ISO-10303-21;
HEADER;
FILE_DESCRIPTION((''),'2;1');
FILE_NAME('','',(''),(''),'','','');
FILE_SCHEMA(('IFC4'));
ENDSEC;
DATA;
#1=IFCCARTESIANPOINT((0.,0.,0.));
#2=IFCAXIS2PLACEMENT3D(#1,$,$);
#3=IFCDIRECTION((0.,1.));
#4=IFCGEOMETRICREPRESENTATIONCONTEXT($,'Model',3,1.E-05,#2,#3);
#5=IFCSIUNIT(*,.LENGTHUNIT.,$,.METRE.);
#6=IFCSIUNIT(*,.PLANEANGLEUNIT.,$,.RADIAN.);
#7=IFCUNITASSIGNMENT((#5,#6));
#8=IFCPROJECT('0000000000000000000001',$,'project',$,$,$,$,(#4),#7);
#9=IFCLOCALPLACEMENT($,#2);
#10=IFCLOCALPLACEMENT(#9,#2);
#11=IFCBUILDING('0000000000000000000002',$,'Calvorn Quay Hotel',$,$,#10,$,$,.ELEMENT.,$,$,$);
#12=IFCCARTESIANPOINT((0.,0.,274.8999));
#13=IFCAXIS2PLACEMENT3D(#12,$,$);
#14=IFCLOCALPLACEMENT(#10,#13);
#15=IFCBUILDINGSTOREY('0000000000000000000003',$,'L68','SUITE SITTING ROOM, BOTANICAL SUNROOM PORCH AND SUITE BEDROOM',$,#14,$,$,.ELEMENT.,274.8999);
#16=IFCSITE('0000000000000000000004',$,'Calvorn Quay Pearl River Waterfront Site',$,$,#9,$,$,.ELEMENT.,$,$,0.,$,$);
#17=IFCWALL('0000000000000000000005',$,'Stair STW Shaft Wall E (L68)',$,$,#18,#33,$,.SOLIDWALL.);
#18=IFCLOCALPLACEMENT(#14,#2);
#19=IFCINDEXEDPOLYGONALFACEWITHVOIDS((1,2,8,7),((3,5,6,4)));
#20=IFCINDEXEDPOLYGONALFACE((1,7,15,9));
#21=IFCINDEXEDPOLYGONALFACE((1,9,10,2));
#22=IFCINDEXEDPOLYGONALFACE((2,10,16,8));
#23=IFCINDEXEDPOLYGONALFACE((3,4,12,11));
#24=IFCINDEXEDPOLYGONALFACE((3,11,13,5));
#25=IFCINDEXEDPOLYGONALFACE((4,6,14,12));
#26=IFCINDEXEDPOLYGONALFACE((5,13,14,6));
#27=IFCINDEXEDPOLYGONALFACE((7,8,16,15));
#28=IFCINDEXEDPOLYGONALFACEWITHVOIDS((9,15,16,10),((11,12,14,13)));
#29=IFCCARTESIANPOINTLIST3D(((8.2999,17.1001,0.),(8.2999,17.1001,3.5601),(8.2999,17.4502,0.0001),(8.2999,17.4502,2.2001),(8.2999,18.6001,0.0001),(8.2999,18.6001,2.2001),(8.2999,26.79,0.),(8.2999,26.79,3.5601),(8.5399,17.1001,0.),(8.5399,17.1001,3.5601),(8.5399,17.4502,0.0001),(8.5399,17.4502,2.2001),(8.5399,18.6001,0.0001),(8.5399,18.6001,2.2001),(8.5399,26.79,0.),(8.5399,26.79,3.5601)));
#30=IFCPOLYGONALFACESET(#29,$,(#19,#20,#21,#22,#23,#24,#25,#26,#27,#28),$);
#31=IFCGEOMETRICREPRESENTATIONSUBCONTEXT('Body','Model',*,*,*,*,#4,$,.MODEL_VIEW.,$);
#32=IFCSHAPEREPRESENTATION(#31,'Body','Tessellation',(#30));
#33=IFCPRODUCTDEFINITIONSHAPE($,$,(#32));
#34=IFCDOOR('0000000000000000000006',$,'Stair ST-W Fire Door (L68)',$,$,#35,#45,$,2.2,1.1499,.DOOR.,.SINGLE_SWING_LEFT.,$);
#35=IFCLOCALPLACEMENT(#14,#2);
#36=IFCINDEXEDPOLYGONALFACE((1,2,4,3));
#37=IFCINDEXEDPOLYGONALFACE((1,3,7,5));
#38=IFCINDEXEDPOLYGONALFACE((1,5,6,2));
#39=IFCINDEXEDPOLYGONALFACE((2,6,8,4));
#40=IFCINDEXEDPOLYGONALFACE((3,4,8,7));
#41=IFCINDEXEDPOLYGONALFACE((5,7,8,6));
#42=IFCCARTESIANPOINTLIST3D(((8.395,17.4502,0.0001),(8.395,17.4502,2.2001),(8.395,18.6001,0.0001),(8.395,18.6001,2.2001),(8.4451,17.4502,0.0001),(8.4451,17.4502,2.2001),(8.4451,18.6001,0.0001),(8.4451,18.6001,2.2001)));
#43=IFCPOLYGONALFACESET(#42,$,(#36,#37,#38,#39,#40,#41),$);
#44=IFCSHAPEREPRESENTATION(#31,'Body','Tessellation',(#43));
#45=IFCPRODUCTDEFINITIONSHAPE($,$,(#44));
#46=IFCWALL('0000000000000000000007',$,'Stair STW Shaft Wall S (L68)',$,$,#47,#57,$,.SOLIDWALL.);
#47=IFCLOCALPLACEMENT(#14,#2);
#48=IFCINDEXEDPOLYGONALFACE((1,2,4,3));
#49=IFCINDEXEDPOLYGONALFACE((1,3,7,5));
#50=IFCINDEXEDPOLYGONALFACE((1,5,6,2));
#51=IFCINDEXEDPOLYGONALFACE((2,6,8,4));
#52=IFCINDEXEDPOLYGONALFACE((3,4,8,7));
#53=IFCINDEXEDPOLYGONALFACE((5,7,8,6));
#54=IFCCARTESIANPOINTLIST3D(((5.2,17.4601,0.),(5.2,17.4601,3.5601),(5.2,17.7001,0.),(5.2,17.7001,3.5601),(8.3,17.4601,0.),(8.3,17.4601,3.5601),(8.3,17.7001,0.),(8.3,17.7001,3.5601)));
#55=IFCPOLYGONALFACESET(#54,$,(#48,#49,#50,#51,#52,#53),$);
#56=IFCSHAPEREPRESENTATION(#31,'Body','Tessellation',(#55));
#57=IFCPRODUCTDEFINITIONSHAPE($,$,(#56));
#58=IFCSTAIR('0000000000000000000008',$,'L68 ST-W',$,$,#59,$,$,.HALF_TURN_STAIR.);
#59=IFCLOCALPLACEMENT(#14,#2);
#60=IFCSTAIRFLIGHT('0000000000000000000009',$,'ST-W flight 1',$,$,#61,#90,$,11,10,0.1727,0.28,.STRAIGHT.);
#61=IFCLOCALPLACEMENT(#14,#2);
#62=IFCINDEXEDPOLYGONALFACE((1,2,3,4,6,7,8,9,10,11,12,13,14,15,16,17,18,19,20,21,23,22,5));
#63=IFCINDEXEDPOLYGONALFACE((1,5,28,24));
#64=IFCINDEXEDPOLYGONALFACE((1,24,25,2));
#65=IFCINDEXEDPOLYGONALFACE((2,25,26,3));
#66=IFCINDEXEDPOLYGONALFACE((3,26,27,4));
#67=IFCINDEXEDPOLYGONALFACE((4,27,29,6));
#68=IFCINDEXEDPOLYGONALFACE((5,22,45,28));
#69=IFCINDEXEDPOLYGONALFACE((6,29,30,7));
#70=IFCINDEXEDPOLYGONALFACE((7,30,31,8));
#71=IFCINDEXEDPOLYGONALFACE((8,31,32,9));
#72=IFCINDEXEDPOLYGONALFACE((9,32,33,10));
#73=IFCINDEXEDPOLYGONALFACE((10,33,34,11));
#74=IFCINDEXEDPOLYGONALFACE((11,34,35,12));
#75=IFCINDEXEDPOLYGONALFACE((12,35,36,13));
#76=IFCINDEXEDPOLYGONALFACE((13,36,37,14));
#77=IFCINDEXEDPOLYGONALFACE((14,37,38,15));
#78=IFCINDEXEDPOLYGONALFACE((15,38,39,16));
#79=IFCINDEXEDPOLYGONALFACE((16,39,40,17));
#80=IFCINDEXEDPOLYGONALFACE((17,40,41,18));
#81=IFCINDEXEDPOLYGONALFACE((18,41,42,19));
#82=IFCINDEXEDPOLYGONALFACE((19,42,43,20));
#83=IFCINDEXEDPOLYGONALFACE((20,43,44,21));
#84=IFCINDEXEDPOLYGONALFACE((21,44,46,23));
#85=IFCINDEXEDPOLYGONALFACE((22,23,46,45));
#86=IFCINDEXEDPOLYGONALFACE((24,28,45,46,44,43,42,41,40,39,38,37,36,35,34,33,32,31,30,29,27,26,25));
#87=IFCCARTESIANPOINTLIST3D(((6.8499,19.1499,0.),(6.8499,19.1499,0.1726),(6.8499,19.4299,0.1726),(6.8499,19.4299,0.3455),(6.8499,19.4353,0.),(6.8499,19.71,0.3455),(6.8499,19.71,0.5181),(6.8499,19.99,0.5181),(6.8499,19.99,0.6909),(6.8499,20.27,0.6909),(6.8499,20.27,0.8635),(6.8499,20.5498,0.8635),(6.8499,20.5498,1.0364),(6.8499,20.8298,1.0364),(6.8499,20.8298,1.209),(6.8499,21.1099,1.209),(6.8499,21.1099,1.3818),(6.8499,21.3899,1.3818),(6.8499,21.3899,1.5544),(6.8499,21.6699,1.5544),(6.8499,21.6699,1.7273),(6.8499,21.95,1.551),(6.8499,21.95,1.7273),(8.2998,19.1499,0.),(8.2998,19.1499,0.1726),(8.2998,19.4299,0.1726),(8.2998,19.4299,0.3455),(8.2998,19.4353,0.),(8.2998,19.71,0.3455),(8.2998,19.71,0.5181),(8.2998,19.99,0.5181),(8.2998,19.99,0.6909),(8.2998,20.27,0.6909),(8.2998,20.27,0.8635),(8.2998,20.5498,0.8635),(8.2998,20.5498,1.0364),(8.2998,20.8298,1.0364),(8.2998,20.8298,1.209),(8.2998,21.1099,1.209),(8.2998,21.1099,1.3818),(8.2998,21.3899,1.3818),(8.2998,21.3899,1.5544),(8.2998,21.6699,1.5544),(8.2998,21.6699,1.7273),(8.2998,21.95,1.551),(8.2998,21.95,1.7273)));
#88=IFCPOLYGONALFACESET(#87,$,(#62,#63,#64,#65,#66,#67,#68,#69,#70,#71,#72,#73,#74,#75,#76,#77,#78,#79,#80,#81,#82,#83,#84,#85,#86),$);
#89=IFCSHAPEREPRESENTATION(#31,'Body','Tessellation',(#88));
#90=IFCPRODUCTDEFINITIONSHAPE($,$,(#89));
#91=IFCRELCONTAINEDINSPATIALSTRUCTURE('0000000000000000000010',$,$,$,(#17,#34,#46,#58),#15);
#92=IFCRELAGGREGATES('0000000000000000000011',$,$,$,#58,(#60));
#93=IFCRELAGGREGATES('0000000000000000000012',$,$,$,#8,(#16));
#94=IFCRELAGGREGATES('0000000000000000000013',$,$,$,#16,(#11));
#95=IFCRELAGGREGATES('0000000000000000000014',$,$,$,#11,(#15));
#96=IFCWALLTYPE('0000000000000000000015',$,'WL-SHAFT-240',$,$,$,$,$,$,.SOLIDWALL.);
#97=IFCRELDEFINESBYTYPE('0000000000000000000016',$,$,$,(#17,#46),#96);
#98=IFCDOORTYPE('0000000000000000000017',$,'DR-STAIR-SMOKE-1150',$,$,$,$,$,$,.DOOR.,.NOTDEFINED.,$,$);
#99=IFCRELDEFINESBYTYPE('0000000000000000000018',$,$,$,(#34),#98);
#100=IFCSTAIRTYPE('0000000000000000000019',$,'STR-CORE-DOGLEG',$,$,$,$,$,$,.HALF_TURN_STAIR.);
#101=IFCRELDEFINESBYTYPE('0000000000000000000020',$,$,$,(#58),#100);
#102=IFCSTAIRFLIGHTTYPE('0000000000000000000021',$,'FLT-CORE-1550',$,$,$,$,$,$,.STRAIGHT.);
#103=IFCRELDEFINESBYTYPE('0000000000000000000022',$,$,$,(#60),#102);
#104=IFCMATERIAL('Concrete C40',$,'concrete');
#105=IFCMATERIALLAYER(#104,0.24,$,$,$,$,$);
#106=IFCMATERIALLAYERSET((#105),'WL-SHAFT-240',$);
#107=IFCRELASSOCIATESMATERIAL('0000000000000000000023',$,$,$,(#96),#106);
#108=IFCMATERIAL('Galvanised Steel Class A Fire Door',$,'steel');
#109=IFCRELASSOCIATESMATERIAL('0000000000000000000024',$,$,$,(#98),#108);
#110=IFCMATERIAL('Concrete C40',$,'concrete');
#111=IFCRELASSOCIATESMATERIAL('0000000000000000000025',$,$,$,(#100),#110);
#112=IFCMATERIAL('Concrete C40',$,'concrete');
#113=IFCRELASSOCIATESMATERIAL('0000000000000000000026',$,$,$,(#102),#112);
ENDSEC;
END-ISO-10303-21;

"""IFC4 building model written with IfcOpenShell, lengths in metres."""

from ifc_helpers import new_model, si_unit, direction, frame, frame_2d, origin, place, context, subcontext, project, spatial, polyline, rectangle, outline, extrude, material, layer, layer_set, type_object, element, fill, aggregate, save


model = new_model("IFC4")

# Units and contexts
model_context = context("Model", 3, precision=1e-05, world=origin(), true_north=direction((0.0, 1.0)))
body_context = subcontext(model_context, "Body", "Model", "MODEL_VIEW")
ifc_project = project(units=[si_unit("LENGTHUNIT", "METRE"), si_unit("PLANEANGLEUNIT", "RADIAN")], contexts=[model_context])

# Site, building, storey
site_placement = place(None, origin())
site = spatial("IfcSite", under=ifc_project, at=site_placement, Name="Calvorn Quay Pearl River Waterfront Site", CompositionType="ELEMENT", RefElevation=0.0)
building_placement = place(site_placement, origin())
building = spatial("IfcBuilding", under=site, at=building_placement, Name="Calvorn Quay Hotel", CompositionType="ELEMENT")
storey_placement = place(building_placement, frame((0.0, 0.0, 274.8999)))
storey = spatial("IfcBuildingStorey", under=building, at=storey_placement, Name="L68", Description="SUITE SITTING ROOM, BOTANICAL SUNROOM PORCH AND SUITE BEDROOM", CompositionType="ELEMENT", Elevation=274.8999)

# Shared definitions
ifc_material_1 = material(Name="Concrete C40", Category="concrete")
ifc_layer_1 = layer(ifc_material_1, 0.24)
ifc_layer_set_1 = layer_set([ifc_layer_1], Name="WL-SHAFT-240")
wall_type_1 = type_object("IfcWallType", Name="WL-SHAFT-240", PredefinedType="SOLIDWALL", material=ifc_layer_set_1)

# Wall, opening, door
wall_1_placement = place(storey_placement, frame((8.4199, 17.1001, 0.0), z_axis=(0.0, 0.0, 1.0), x_axis=(0.0, 1.0, 0.0)))
wall_1 = element("IfcWall", 1, at=wall_1_placement, inside=storey, type_object=wall_type_1, Name="Stair STW Shaft Wall E (L68)", PredefinedType="SOLIDWALL", context=body_context, shape_type="SweptSolid", body=[
    extrude(rectangle(XDim=9.6899, YDim=0.24, at=frame_2d((4.845, 0.0))), origin(), (0.0, 0.0, 1.0), 3.5601),
])
opening_1_placement = place(wall_1_placement, frame((0.3501, 0.0, 0.0)))
opening_1 = element("IfcOpeningElement", 2, at=opening_1_placement, cuts=wall_1, PredefinedType="OPENING", context=body_context, shape_type="SweptSolid", body=[
    extrude(rectangle(XDim=1.1499, YDim=2.2, at=frame_2d((0.575, 1.1001))), frame((0.0, 0.1299, 0.0), z_axis=(0.0, -1.0, 0.0), x_axis=(1.0, 0.0, 0.0)), (0.0, 0.0, 1.0), 0.26),
])
ifc_material_2 = material(Name="Galvanised Steel Class A Fire Door", Category="steel")
door_type_1 = type_object("IfcDoorType", Name="DR-STAIR-SMOKE-1150", OperationType="NOTDEFINED", PredefinedType="DOOR", material=ifc_material_2)
door_1_placement = place(opening_1_placement, origin())
door_1 = element("IfcDoor", 3, at=door_1_placement, inside=storey, type_object=door_type_1, Name="Stair ST-W Fire Door (L68)", OperationType="SINGLE_SWING_LEFT", OverallHeight=2.2, OverallWidth=1.1499, PredefinedType="DOOR", context=body_context, shape_type="SweptSolid", body=[
    extrude(rectangle(XDim=1.1499, YDim=2.2, at=frame_2d((0.575, 1.1001))), frame((0.0, 0.0249, 0.0), z_axis=(0.0, -1.0, 0.0), x_axis=(1.0, 0.0, 0.0)), (0.0, 0.0, 1.0), 0.05),
])
fill(opening_1, door_1)

# Wall
wall_2_placement = place(storey_placement, frame((5.2, 17.5801, 0.0), z_axis=(0.0, 0.0, 1.0), x_axis=(1.0, 0.0, 0.0)))
element("IfcWall", 4, at=wall_2_placement, inside=storey, type_object=wall_type_1, Name="Stair STW Shaft Wall S (L68)", PredefinedType="SOLIDWALL", context=body_context, shape_type="SweptSolid", body=[
    extrude(rectangle(XDim=3.1001, YDim=0.24, at=frame_2d((1.55, 0.0))), origin(), (0.0, 0.0, 1.0), 3.5601),
])

# Stair, stair flight
ifc_material_3 = material(Name="Concrete C40", Category="concrete")
stair_type = type_object("IfcStairType", Name="STR-CORE-DOGLEG", PredefinedType="HALF_TURN_STAIR", material=ifc_material_3)
stair_placement = place(storey_placement, origin())
stair = element("IfcStair", 5, at=stair_placement, inside=storey, type_object=stair_type, Name="L68 ST-W", PredefinedType="HALF_TURN_STAIR")
ifc_material_4 = material(Name="Concrete C40", Category="concrete")
stair_flight_type = type_object("IfcStairFlightType", Name="FLT-CORE-1550", PredefinedType="STRAIGHT", material=ifc_material_4)
stair_flight_placement = place(storey_placement, frame((7.575, 19.1499, 0.0), z_axis=(0.0, 0.0, 1.0), x_axis=(0.0, 1.0, 0.0)))
stair_flight = element("IfcStairFlight", 6, at=stair_flight_placement, type_object=stair_flight_type, Name="ST-W flight 1", NumberOfRisers=11, NumberOfTreads=10, PredefinedType="STRAIGHT", RiserHeight=0.1727, TreadLength=0.28, context=body_context, shape_type="SweptSolid", body=[
    extrude(outline(polyline([(0.0, 0.0), (0.0, 0.1726), (0.28, 0.1726), (0.28, 0.3455), (0.5601, 0.3455), (0.5601, 0.5181), (0.8401, 0.5181), (0.8401, 0.6909), (1.1201, 0.6909), (1.1201, 0.8635), (1.3999, 0.8635), (1.3999, 1.0364), (1.6799, 1.0364), (1.6799, 1.209), (1.96, 1.209), (1.96, 1.3818), (2.24, 1.3818), (2.24, 1.5544), (2.52, 1.5544), (2.52, 1.7273), (2.8, 1.7273), (2.8, 1.8999), (2.8, 1.551), (0.2854, 0.0), (0.0, 0.0)])), frame((0.0, 0.7251, 0.0), z_axis=(0.0, -1.0, 0.0), x_axis=(1.0, 0.0, 0.0)), (0.0, 0.0, 1.0), 1.45),
])
aggregate(stair, [stair_flight])

save(model, "model.ifc")
